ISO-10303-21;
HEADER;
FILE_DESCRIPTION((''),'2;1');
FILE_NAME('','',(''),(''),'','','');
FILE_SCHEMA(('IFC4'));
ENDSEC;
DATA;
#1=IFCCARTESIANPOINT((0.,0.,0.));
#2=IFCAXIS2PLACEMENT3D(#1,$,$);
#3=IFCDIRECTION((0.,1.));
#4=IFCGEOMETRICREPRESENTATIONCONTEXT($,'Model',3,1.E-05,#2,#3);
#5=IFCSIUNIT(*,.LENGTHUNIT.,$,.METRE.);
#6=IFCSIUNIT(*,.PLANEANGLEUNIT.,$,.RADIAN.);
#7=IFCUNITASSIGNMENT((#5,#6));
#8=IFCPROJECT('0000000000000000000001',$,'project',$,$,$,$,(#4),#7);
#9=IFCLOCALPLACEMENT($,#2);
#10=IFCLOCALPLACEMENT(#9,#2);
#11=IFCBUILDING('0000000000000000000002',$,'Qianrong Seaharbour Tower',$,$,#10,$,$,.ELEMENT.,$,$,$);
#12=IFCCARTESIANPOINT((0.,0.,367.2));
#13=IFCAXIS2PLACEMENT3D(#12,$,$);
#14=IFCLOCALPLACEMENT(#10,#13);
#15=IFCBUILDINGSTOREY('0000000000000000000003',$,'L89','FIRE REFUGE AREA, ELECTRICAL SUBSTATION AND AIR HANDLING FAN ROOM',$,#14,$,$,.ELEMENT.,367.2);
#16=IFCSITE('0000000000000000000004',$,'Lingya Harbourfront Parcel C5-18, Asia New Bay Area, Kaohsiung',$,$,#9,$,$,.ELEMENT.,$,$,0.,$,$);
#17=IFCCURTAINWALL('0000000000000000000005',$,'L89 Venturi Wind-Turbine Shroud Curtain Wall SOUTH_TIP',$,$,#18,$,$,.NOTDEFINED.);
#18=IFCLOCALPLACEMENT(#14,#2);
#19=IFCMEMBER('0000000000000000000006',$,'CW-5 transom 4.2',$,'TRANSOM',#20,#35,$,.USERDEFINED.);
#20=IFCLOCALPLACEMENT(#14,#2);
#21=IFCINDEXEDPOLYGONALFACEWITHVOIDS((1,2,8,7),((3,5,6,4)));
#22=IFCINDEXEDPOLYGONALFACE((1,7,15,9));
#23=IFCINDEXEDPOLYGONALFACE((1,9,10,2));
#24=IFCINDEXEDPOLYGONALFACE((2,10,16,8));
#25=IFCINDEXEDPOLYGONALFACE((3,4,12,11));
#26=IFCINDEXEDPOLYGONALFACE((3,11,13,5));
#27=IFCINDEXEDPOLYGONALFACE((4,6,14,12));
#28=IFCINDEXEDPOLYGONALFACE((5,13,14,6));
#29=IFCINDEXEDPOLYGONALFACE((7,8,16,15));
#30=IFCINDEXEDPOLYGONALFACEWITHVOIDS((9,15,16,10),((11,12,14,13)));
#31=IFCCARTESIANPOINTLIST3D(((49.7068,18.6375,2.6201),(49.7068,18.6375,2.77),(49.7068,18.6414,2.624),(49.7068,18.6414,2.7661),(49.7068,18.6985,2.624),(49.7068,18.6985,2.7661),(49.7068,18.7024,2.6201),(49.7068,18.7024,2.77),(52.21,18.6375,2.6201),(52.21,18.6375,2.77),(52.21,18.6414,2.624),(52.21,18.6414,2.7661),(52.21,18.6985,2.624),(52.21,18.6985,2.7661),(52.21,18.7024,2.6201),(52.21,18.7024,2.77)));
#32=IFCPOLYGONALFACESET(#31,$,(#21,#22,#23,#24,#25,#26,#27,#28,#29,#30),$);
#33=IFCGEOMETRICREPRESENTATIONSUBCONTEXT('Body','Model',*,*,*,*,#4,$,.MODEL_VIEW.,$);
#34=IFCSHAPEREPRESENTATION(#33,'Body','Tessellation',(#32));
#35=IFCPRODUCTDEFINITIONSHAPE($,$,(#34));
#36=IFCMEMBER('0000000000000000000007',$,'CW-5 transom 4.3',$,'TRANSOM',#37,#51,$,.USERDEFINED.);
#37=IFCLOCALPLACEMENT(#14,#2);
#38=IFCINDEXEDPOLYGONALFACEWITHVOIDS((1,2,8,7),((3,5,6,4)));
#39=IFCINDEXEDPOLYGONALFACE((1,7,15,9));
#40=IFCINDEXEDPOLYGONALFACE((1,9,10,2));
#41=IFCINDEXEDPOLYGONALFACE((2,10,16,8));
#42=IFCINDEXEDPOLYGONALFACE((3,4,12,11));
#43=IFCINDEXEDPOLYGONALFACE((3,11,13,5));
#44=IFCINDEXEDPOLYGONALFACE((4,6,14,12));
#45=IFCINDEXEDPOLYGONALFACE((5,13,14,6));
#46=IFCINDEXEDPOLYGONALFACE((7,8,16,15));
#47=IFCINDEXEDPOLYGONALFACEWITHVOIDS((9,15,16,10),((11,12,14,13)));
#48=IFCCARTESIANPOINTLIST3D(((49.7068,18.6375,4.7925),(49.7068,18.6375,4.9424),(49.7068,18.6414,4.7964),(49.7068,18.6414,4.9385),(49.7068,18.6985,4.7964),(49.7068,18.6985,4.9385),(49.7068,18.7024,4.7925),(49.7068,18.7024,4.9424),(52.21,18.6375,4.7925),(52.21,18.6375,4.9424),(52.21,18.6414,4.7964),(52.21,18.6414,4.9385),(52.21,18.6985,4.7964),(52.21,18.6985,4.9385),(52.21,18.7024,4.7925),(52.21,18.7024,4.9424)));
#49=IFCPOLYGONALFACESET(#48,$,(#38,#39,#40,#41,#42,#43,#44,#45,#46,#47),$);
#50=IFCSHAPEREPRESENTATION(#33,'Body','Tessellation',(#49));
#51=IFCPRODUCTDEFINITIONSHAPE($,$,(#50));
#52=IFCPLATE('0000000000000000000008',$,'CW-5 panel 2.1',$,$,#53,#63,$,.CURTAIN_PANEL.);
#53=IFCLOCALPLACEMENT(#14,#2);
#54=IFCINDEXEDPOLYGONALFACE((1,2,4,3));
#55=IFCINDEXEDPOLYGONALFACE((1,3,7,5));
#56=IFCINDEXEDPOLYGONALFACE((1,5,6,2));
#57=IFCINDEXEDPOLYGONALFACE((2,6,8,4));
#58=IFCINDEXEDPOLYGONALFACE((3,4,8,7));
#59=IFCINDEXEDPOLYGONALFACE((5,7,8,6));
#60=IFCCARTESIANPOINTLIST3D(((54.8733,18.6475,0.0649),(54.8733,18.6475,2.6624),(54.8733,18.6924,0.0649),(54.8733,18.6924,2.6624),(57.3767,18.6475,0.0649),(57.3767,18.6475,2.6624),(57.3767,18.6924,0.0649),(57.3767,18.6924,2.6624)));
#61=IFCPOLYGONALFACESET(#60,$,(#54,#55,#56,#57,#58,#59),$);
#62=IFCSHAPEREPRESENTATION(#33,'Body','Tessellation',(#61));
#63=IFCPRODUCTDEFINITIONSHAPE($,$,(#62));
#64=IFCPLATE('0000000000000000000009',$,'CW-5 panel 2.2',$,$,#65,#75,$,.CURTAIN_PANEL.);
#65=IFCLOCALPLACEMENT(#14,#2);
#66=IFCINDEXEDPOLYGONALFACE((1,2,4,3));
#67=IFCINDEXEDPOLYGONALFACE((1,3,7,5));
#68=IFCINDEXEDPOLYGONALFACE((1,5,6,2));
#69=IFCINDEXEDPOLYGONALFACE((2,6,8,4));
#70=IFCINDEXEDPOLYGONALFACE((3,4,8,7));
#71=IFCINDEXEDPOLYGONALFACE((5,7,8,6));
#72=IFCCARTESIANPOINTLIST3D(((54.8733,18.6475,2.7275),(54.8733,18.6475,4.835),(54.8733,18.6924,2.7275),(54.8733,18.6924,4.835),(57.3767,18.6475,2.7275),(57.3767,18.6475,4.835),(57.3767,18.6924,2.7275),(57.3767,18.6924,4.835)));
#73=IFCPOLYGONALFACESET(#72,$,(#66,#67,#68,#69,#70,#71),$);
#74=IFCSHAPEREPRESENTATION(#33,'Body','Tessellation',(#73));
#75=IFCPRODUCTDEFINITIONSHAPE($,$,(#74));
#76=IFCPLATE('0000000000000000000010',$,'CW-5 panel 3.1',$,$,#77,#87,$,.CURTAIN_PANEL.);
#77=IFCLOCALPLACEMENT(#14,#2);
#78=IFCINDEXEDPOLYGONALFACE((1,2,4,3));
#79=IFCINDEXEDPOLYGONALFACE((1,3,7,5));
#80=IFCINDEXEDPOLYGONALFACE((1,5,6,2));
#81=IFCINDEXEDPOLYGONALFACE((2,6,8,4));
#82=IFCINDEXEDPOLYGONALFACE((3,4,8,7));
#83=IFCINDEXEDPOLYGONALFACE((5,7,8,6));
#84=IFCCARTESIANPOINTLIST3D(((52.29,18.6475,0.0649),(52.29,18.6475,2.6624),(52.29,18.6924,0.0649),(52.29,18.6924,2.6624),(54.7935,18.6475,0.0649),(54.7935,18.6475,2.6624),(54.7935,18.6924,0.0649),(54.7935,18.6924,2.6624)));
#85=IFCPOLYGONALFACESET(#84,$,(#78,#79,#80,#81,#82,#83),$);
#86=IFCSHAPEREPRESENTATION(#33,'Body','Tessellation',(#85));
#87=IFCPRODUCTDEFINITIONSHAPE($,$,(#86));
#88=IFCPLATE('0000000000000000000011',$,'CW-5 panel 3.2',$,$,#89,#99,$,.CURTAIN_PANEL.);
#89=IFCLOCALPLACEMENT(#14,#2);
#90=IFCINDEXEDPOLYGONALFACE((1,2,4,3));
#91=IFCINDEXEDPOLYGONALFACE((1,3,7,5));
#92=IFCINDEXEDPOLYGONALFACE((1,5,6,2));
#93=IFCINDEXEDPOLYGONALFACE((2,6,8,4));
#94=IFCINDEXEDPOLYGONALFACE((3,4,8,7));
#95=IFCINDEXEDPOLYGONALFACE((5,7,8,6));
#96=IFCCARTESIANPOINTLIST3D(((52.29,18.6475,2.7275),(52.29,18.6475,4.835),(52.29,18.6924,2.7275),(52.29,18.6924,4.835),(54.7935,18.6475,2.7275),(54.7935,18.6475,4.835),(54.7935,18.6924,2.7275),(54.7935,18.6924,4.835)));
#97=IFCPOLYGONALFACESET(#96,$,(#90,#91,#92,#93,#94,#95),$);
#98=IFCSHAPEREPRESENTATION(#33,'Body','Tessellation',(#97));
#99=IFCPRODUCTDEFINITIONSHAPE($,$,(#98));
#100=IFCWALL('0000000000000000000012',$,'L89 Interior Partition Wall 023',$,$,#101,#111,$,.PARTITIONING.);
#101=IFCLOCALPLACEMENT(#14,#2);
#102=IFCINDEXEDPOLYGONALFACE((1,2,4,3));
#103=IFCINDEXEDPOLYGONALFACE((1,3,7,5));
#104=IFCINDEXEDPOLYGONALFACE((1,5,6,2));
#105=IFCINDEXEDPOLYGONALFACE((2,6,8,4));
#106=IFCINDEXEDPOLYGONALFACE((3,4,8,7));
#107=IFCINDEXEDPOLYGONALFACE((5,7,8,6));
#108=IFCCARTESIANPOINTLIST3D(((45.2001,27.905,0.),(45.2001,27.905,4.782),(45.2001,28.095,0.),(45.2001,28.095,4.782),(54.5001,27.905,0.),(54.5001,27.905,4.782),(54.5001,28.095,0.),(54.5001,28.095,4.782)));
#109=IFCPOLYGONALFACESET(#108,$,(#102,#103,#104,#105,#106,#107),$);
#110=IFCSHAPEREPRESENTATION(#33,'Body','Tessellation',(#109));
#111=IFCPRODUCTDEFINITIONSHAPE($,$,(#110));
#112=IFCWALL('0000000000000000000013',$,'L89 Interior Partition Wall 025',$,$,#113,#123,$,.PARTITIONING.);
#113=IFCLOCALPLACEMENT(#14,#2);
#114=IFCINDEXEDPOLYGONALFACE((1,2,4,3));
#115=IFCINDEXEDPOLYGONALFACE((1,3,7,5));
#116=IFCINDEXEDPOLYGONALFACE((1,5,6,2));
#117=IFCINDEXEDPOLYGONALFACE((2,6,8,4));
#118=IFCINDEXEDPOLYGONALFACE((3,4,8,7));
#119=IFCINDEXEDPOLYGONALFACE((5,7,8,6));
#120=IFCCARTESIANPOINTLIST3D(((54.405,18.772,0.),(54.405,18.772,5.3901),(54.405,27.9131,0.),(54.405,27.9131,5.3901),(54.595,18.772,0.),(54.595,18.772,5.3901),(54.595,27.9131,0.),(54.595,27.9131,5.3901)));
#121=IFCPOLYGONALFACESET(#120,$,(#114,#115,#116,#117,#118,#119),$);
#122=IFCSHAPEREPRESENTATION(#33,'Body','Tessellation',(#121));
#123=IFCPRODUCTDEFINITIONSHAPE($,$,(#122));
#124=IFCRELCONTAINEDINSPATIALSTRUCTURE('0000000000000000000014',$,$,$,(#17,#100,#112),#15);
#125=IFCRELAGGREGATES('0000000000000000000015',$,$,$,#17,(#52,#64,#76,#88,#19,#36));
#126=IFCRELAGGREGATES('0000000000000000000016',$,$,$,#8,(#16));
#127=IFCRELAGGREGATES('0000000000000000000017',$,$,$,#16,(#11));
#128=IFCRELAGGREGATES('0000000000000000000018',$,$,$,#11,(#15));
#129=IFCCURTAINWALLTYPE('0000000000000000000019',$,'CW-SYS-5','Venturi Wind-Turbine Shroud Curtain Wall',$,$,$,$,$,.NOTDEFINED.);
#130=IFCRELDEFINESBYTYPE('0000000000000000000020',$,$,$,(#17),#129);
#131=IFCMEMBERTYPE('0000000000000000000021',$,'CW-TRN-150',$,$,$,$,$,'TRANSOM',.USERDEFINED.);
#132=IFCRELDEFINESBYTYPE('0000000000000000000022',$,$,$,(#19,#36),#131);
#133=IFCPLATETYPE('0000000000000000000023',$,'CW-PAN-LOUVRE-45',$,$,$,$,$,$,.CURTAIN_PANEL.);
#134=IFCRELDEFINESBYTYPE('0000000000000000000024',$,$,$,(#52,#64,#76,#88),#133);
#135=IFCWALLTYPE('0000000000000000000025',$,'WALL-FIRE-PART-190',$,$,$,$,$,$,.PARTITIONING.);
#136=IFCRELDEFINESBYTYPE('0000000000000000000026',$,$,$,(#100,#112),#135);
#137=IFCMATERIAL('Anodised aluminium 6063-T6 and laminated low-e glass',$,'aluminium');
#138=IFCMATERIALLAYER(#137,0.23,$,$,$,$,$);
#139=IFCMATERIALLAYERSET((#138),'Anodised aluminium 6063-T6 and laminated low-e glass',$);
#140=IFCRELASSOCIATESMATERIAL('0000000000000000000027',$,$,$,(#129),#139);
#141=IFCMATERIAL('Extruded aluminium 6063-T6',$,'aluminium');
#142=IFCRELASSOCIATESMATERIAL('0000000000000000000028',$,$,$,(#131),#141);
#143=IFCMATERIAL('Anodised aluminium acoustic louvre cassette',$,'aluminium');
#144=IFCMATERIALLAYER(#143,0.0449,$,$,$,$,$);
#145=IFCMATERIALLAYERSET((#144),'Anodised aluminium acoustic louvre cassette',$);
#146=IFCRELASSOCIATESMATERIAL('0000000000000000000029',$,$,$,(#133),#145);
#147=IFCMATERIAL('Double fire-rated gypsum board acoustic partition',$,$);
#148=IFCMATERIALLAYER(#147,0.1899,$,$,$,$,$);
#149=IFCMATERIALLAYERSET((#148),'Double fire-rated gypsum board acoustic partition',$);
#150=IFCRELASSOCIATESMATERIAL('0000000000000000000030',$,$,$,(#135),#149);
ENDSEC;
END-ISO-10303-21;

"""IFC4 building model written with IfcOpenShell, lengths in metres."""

from ifc_helpers import new_model, si_unit, direction, frame, frame_2d, origin, origin_2d, place, context, subcontext, project, spatial, rectangle, hollow_rectangle, extrude, material, layer, layer_set, material_profile, profile_set, type_object, element, aggregate, save


model = new_model("IFC4")

# Units and contexts
model_context = context("Model", 3, precision=1e-05, world=origin(), true_north=direction((0.0, 1.0)))
body_context = subcontext(model_context, "Body", "Model", "MODEL_VIEW")
ifc_project = project(units=[si_unit("LENGTHUNIT", "METRE"), si_unit("PLANEANGLEUNIT", "RADIAN")], contexts=[model_context])

# Site, building, storey
site_placement = place(None, origin())
site = spatial("IfcSite", under=ifc_project, at=site_placement, Name="Lingya Harbourfront Parcel C5-18, Asia New Bay Area, Kaohsiung", CompositionType="ELEMENT", RefElevation=0.0)
building_placement = place(site_placement, origin())
building = spatial("IfcBuilding", under=site, at=building_placement, Name="Qianrong Seaharbour Tower", CompositionType="ELEMENT")
storey_placement = place(building_placement, frame((0.0, 0.0, 367.2)))
storey = spatial("IfcBuildingStorey", under=building, at=storey_placement, Name="L89", Description="FIRE REFUGE AREA, ELECTRICAL SUBSTATION AND AIR HANDLING FAN ROOM", CompositionType="ELEMENT", Elevation=367.2)

# Curtain wall, members, plates
ifc_material_1 = material(Name="Anodised aluminium 6063-T6 and laminated low-e glass", Category="aluminium")
ifc_layer_1 = layer(ifc_material_1, 0.23)
ifc_layer_set_1 = layer_set([ifc_layer_1], Name="Anodised aluminium 6063-T6 and laminated low-e glass")
curtain_wall_type = type_object("IfcCurtainWallType", Name="CW-SYS-5", Description="Venturi Wind-Turbine Shroud Curtain Wall", PredefinedType="NOTDEFINED", material=ifc_layer_set_1)
curtain_wall_placement = place(storey_placement, origin())
curtain_wall = element("IfcCurtainWall", 1, at=curtain_wall_placement, inside=storey, type_object=curtain_wall_type, Name="L89 Venturi Wind-Turbine Shroud Curtain Wall SOUTH_TIP", PredefinedType="NOTDEFINED")
ifc_material_2 = material(Name="Extruded aluminium 6063-T6", Category="aluminium")
ifc_material_profile_1 = material_profile(ifc_material_2, hollow_rectangle(XDim=0.0649, YDim=0.1499, WallThickness=0.0039, at=origin_2d()), Name="ALU-TRN-150x65x4")
ifc_profile_set_1 = profile_set([ifc_material_profile_1], Name="Extruded aluminium 6063-T6")
member_type_1 = type_object("IfcMemberType", Name="CW-TRN-150", ElementType="TRANSOM", PredefinedType="USERDEFINED", material=ifc_profile_set_1)
member_1_placement = place(storey_placement, frame((52.21, 18.6699, 2.6951), z_axis=(-1.0, 0.0, 0.0), x_axis=(0.0, -1.0, 0.0)))
member_1 = element("IfcMember", 2, at=member_1_placement, type_object=member_type_1, Name="CW-5 transom 4.2", ObjectType="TRANSOM", PredefinedType="USERDEFINED", context=body_context, shape_type="SweptSolid", body=[
    extrude(hollow_rectangle(XDim=0.0649, YDim=0.1499, WallThickness=0.0039, at=origin_2d()), origin(), (0.0, 0.0, 1.0), 2.5032),
])
member_2_placement = place(storey_placement, frame((52.21, 18.6699, 4.8674), z_axis=(-1.0, 0.0, 0.0), x_axis=(0.0, -1.0, 0.0)))
member_2 = element("IfcMember", 3, at=member_2_placement, type_object=member_type_1, Name="CW-5 transom 4.3", ObjectType="TRANSOM", PredefinedType="USERDEFINED", context=body_context, shape_type="SweptSolid", body=[
    extrude(hollow_rectangle(XDim=0.0649, YDim=0.1499, WallThickness=0.0039, at=origin_2d()), origin(), (0.0, 0.0, 1.0), 2.5032),
])
ifc_material_3 = material(Name="Anodised aluminium acoustic louvre cassette", Category="aluminium")
ifc_layer_2 = layer(ifc_material_3, 0.0449)
ifc_layer_set_2 = layer_set([ifc_layer_2], Name="Anodised aluminium acoustic louvre cassette")
plate_type = type_object("IfcPlateType", Name="CW-PAN-LOUVRE-45", PredefinedType="CURTAIN_PANEL", material=ifc_layer_set_2)
plate_1_placement = place(storey_placement, frame((56.125, 18.6699, 0.0649), z_axis=(0.0, 0.0, 1.0), x_axis=(-1.0, 0.0, 0.0)))
plate_1 = element("IfcPlate", 4, at=plate_1_placement, type_object=plate_type, Name="CW-5 panel 2.1", PredefinedType="CURTAIN_PANEL", context=body_context, shape_type="SweptSolid", body=[
    extrude(rectangle(XDim=2.5034, YDim=0.0449, at=origin_2d()), origin(), (0.0, 0.0, 1.0), 2.5974),
])
plate_2_placement = place(storey_placement, frame((56.125, 18.6699, 2.7275), z_axis=(0.0, 0.0, 1.0), x_axis=(-1.0, 0.0, 0.0)))
plate_2 = element("IfcPlate", 5, at=plate_2_placement, type_object=plate_type, Name="CW-5 panel 2.2", PredefinedType="CURTAIN_PANEL", context=body_context, shape_type="SweptSolid", body=[
    extrude(rectangle(XDim=2.5034, YDim=0.0449, at=origin_2d()), origin(), (0.0, 0.0, 1.0), 2.1074),
])
plate_3_placement = place(storey_placement, frame((53.5417, 18.6699, 0.0649), z_axis=(0.0, 0.0, 1.0), x_axis=(-1.0, 0.0, 0.0)))
plate_3 = element("IfcPlate", 6, at=plate_3_placement, type_object=plate_type, Name="CW-5 panel 3.1", PredefinedType="CURTAIN_PANEL", context=body_context, shape_type="SweptSolid", body=[
    extrude(rectangle(XDim=2.5034, YDim=0.0449, at=origin_2d()), origin(), (0.0, 0.0, 1.0), 2.5974),
])
plate_4_placement = place(storey_placement, frame((53.5417, 18.6699, 2.7275), z_axis=(0.0, 0.0, 1.0), x_axis=(-1.0, 0.0, 0.0)))
plate_4 = element("IfcPlate", 7, at=plate_4_placement, type_object=plate_type, Name="CW-5 panel 3.2", PredefinedType="CURTAIN_PANEL", context=body_context, shape_type="SweptSolid", body=[
    extrude(rectangle(XDim=2.5034, YDim=0.0449, at=origin_2d()), origin(), (0.0, 0.0, 1.0), 2.1074),
])
aggregate(curtain_wall, [plate_1, plate_2, plate_3, plate_4, member_1, member_2])

# Walls
ifc_material_4 = material(Name="Double fire-rated gypsum board acoustic partition")
ifc_layer_3 = layer(ifc_material_4, 0.1899)
ifc_layer_set_3 = layer_set([ifc_layer_3], Name="Double fire-rated gypsum board acoustic partition")
wall_type = type_object("IfcWallType", Name="WALL-FIRE-PART-190", PredefinedType="PARTITIONING", material=ifc_layer_set_3)
wall_1_placement = place(storey_placement, frame((54.5, 28.0, 0.0), z_axis=(0.0, 0.0, 1.0), x_axis=(-1.0, 0.0, 0.0)))
element("IfcWall", 8, at=wall_1_placement, inside=storey, type_object=wall_type, Name="L89 Interior Partition Wall 023", PredefinedType="PARTITIONING", context=body_context, shape_type="SweptSolid", body=[
    extrude(rectangle(XDim=9.3, YDim=0.1899, at=frame_2d((4.6499, 0.0))), origin(), (0.0, 0.0, 1.0), 4.782),
])
wall_2_placement = place(storey_placement, frame((54.5, 27.9131, 0.0), z_axis=(0.0, 0.0, 1.0), x_axis=(0.0, -1.0, 0.0)))
element("IfcWall", 9, at=wall_2_placement, inside=storey, type_object=wall_type, Name="L89 Interior Partition Wall 025", PredefinedType="PARTITIONING", context=body_context, shape_type="SweptSolid", body=[
    extrude(rectangle(XDim=9.1411, YDim=0.1899, at=frame_2d((4.5706, 0.0))), origin(), (0.0, 0.0, 1.0), 5.3901),
])

save(model, "model.ifc")
